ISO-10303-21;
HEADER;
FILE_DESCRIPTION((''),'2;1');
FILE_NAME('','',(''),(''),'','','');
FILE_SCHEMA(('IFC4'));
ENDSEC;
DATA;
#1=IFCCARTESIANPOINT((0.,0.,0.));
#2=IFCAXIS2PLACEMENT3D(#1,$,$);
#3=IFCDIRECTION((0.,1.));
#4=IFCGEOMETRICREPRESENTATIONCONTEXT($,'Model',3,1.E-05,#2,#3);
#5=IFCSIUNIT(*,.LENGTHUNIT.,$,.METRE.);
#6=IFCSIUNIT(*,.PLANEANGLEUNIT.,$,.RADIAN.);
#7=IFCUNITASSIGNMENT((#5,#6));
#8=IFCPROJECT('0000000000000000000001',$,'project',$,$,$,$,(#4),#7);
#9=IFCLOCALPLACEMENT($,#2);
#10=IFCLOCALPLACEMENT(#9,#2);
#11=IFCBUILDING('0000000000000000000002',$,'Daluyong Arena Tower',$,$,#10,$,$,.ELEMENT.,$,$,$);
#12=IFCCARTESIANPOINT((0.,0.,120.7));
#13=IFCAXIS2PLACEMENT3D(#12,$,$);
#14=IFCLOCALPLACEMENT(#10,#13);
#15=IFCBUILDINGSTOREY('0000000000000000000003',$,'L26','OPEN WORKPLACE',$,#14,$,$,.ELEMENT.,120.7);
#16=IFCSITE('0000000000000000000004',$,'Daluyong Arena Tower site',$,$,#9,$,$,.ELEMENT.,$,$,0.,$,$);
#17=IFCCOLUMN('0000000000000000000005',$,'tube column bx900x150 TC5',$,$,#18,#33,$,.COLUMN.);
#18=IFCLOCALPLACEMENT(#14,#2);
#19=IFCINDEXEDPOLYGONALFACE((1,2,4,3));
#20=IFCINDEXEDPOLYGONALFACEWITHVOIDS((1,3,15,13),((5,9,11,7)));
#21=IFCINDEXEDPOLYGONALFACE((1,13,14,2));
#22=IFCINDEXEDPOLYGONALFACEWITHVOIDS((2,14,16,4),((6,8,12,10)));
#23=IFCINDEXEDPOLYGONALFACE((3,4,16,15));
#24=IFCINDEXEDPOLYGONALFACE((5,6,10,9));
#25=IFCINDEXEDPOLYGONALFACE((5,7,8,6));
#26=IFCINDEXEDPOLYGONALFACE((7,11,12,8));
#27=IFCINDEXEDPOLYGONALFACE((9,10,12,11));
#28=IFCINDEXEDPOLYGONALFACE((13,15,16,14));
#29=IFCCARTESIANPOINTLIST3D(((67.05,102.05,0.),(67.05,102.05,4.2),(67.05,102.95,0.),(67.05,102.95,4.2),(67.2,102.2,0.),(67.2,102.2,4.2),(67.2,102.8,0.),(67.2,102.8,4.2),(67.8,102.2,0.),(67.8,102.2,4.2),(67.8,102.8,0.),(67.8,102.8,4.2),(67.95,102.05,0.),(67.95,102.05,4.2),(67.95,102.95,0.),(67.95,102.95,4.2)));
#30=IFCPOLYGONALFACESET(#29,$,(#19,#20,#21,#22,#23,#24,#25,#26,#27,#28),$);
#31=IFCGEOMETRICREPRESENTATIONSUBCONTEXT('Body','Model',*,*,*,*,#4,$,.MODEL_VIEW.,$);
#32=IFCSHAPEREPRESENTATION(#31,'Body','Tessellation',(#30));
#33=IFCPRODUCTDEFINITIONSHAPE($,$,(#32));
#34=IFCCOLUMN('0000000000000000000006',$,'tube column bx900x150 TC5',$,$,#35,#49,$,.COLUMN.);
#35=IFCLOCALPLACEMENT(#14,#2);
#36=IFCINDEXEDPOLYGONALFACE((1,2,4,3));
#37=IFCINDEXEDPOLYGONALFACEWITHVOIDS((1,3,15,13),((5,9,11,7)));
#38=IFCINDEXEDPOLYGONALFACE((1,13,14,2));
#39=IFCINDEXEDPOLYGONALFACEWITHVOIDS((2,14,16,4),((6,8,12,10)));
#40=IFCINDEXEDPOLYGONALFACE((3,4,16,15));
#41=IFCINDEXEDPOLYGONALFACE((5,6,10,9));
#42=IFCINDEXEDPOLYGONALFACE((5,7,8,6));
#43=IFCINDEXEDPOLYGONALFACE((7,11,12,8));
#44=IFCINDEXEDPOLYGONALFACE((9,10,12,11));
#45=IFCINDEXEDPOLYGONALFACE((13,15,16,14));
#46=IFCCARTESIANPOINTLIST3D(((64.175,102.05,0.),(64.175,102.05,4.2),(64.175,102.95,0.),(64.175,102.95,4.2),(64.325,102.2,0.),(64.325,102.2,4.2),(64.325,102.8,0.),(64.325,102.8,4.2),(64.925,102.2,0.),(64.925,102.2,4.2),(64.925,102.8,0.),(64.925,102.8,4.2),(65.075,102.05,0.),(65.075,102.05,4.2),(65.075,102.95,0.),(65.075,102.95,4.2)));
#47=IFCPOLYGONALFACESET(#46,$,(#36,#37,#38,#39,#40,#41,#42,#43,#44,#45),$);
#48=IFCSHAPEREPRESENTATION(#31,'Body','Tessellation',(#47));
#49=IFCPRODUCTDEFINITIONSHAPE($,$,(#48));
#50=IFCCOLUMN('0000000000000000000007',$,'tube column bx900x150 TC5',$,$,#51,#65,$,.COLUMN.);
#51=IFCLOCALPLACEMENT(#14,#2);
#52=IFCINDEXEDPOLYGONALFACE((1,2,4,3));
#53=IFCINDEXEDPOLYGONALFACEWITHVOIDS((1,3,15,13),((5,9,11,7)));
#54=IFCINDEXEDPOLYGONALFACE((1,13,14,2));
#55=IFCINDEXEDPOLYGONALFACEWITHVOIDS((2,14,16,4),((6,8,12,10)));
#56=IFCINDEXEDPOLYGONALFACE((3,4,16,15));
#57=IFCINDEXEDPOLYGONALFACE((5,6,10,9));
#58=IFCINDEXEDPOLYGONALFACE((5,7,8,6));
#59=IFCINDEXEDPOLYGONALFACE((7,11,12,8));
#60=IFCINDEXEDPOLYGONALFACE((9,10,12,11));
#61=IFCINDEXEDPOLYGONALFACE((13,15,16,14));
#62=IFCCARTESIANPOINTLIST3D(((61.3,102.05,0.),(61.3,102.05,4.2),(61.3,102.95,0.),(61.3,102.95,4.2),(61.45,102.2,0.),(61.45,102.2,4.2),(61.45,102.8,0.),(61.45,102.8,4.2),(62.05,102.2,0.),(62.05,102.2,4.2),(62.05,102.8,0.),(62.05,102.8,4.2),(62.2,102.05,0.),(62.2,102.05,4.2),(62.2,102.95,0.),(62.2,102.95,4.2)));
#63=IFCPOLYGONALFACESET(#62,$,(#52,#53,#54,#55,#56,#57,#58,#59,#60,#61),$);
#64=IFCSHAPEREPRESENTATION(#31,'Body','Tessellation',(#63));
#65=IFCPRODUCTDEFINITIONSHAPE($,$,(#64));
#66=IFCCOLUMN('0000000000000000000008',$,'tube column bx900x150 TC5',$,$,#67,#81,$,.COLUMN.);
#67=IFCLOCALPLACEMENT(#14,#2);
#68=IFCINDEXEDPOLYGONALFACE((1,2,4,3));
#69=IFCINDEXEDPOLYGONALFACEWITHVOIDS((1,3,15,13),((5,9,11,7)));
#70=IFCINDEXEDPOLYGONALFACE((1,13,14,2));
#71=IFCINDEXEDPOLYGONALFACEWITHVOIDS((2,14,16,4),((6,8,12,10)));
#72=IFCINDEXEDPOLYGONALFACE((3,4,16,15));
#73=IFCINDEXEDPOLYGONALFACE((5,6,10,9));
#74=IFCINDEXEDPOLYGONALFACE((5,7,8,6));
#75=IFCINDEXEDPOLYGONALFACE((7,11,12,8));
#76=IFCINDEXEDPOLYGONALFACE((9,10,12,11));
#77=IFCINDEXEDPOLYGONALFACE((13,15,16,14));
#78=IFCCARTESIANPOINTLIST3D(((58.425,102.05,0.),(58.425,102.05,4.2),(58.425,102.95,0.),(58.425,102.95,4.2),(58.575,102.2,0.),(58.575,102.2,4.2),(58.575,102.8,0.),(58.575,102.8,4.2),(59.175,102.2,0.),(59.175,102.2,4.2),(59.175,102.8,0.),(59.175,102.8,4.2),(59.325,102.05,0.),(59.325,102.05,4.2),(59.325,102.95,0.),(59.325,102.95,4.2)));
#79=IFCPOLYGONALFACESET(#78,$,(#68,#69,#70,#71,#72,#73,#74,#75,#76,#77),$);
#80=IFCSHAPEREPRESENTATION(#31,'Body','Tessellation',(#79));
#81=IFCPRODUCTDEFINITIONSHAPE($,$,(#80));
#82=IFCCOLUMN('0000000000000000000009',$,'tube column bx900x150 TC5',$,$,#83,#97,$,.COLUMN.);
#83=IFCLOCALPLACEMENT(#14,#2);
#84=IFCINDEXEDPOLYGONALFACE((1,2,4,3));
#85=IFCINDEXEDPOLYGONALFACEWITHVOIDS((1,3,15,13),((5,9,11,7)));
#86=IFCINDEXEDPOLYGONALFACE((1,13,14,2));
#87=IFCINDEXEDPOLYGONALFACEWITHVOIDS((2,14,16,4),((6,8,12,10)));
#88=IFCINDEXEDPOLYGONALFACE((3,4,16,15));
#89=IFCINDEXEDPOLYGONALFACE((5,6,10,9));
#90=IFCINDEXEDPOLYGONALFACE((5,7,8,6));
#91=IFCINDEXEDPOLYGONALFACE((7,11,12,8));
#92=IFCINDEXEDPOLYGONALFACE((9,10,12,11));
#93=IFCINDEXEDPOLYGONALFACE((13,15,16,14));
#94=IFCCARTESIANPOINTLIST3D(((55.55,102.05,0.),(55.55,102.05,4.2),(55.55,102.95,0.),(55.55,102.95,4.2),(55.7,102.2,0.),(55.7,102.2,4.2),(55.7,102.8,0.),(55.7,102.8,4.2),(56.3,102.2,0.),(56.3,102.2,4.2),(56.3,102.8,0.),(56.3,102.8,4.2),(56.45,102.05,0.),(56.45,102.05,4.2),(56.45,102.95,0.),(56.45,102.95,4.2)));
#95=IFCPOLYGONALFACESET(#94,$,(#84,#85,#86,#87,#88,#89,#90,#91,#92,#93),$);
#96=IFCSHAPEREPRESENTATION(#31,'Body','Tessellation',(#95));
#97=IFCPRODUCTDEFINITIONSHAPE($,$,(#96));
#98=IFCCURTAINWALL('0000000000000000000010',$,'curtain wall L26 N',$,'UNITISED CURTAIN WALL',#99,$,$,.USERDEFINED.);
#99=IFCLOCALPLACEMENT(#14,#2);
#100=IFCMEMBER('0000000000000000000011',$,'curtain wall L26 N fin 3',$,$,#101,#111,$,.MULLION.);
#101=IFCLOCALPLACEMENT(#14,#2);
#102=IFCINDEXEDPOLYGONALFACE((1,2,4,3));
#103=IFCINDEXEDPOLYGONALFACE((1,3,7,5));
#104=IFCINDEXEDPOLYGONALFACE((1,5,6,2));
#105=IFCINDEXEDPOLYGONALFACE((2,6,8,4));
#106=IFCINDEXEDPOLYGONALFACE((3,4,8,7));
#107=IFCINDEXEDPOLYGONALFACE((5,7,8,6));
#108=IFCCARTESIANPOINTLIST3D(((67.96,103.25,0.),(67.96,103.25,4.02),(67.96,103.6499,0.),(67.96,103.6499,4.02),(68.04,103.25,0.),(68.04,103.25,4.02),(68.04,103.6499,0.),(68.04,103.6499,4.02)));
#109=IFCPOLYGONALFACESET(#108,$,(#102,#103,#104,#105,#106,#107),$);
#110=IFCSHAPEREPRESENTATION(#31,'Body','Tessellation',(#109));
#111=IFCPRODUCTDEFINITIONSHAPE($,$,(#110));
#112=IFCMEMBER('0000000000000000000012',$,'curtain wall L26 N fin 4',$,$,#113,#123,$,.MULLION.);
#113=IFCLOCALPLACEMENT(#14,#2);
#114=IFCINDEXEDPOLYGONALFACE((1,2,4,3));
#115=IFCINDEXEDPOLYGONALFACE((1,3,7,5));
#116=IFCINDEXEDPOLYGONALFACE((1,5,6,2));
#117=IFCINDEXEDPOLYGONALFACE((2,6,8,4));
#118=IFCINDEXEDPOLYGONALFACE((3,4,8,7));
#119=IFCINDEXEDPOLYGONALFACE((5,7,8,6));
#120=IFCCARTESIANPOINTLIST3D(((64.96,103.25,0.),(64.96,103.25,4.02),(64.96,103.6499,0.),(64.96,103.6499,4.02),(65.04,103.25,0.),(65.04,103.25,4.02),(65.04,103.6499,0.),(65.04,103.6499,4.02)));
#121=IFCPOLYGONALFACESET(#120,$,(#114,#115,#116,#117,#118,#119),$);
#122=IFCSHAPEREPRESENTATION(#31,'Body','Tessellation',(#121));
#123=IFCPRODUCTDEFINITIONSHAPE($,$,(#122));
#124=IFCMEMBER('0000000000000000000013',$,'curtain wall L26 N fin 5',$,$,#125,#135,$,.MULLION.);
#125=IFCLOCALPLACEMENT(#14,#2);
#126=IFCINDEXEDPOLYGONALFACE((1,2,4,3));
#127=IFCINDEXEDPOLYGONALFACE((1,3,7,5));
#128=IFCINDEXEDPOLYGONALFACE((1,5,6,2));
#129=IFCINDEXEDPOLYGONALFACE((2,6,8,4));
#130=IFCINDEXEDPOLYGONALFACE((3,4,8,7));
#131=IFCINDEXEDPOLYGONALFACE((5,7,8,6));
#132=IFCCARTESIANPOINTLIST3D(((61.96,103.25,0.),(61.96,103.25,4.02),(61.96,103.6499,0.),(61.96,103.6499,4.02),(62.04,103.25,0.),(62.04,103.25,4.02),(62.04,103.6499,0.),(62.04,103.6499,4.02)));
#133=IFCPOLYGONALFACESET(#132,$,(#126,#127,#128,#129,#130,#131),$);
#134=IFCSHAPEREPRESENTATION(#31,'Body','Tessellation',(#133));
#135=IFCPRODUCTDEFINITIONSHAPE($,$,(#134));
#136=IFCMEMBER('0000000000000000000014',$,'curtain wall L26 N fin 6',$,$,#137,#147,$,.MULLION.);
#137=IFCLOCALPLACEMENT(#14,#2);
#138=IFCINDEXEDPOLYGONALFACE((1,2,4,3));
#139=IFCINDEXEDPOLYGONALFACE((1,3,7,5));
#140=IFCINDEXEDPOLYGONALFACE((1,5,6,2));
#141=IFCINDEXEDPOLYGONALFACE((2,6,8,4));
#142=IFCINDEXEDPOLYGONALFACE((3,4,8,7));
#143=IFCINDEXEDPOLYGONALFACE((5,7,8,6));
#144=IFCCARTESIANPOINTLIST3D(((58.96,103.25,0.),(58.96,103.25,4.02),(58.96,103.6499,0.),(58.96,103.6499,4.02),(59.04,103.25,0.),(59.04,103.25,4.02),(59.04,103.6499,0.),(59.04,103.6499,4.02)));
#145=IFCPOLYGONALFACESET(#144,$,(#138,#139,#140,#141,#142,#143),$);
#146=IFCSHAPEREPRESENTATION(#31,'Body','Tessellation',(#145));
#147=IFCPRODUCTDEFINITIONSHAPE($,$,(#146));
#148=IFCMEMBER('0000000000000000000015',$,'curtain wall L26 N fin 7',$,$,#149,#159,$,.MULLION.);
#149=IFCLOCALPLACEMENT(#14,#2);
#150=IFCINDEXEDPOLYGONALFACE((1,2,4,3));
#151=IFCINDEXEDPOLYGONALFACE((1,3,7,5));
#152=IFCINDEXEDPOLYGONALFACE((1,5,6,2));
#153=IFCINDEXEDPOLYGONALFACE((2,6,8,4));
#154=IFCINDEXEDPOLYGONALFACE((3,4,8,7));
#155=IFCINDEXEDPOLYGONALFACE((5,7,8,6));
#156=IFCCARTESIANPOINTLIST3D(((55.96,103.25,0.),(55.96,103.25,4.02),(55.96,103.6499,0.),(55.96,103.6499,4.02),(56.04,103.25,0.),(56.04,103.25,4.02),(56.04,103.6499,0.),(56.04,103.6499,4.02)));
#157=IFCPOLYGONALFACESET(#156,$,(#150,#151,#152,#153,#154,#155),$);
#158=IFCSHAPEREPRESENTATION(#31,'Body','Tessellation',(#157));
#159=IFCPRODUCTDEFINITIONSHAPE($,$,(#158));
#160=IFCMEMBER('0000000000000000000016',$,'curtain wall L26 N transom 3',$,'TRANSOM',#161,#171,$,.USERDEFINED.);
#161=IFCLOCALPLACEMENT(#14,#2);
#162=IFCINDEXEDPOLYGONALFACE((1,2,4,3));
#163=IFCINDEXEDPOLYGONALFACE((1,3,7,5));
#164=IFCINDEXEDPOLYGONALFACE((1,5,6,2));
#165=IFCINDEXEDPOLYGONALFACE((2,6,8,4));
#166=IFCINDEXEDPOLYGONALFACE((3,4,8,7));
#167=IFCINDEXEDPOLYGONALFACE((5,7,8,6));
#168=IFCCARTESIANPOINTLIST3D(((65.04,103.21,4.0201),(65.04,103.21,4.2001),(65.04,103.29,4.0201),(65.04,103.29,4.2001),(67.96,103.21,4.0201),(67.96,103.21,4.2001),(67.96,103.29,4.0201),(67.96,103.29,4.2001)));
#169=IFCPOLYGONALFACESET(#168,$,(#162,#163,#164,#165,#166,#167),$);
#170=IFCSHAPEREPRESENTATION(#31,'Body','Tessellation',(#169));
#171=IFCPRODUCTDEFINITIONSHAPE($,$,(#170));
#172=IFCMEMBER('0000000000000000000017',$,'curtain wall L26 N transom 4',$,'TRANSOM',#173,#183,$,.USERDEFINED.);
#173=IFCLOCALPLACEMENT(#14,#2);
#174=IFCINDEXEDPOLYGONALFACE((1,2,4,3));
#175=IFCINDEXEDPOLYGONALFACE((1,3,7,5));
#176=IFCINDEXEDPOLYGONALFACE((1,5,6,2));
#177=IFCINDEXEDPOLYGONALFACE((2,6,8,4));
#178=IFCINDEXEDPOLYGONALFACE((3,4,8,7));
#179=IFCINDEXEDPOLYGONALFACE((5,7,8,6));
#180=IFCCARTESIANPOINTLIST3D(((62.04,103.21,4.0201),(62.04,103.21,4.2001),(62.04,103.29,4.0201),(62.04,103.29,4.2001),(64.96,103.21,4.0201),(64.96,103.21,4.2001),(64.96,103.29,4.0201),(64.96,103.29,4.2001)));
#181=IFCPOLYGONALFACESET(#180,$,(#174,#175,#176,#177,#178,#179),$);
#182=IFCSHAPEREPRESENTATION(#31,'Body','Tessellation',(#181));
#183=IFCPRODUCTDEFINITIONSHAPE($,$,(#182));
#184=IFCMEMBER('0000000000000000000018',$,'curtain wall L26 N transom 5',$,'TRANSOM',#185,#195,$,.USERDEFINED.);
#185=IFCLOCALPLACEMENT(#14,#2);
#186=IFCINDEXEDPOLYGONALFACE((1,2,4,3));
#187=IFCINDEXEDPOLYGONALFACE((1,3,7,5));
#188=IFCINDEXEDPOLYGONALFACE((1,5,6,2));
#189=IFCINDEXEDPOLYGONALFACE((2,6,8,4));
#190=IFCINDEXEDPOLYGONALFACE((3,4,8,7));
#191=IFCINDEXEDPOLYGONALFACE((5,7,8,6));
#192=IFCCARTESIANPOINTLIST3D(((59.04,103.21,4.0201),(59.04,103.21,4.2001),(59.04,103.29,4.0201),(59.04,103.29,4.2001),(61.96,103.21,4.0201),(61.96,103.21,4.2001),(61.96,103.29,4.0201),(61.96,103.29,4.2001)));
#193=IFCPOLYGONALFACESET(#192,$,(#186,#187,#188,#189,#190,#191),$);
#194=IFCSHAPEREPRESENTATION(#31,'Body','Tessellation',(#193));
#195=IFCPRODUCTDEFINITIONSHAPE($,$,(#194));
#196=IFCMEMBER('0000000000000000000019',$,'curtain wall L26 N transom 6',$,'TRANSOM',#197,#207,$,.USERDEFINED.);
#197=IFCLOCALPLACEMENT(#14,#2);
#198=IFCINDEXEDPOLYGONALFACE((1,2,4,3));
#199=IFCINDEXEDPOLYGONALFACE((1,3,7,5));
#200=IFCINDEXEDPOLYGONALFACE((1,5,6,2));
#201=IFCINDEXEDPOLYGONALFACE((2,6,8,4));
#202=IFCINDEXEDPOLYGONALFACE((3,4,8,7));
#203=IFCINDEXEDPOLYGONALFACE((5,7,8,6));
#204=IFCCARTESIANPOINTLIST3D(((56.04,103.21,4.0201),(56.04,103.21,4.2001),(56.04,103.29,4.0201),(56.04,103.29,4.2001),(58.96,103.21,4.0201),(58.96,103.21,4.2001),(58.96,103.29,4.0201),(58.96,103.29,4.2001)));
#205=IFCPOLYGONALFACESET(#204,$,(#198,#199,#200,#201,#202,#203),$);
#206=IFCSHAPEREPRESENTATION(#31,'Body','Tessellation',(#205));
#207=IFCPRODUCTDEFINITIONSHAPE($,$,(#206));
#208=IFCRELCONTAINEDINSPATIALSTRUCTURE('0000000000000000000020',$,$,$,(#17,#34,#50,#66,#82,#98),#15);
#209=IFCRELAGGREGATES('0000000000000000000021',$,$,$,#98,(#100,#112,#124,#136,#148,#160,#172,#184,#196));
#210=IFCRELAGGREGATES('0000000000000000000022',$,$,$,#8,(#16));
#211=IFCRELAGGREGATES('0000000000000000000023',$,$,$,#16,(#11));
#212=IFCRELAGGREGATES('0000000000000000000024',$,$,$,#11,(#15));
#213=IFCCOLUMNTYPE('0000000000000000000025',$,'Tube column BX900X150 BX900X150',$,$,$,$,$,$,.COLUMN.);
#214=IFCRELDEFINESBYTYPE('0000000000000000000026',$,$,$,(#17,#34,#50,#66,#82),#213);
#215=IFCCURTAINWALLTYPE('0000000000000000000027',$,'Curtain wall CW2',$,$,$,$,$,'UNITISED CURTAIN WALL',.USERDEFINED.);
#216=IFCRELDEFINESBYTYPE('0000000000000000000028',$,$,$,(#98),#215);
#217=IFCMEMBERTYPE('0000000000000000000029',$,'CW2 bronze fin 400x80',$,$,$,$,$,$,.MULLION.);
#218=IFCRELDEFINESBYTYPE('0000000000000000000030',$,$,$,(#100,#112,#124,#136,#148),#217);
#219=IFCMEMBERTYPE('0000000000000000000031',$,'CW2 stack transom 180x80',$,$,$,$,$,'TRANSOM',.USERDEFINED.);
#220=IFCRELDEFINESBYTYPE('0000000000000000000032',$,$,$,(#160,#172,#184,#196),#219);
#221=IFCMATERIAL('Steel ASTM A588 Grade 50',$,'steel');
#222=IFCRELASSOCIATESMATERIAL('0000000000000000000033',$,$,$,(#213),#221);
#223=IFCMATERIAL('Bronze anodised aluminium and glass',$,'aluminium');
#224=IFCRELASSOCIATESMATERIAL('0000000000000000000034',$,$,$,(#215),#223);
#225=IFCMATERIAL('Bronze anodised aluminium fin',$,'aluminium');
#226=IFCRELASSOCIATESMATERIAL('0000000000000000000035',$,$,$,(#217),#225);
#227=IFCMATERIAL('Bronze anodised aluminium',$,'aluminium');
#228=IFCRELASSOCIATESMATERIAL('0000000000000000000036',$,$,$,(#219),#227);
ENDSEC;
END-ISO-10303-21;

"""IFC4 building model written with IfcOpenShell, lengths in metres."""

from ifc_helpers import new_model, si_unit, direction, frame, origin, origin_2d, place, context, subcontext, project, spatial, rectangle, hollow_rectangle, extrude, material, material_profile, profile_set, type_object, element, aggregate, save


model = new_model("IFC4")

# Units and contexts
model_context = context("Model", 3, precision=1e-05, world=origin(), true_north=direction((0.0, 1.0)))
body_context = subcontext(model_context, "Body", "Model", "MODEL_VIEW")
ifc_project = project(units=[si_unit("LENGTHUNIT", "METRE"), si_unit("PLANEANGLEUNIT", "RADIAN")], contexts=[model_context])

# Site, building, storey
site_placement = place(None, origin())
site = spatial("IfcSite", under=ifc_project, at=site_placement, Name="Daluyong Arena Tower site", CompositionType="ELEMENT", RefElevation=0.0)
building_placement = place(site_placement, origin())
building = spatial("IfcBuilding", under=site, at=building_placement, Name="Daluyong Arena Tower", CompositionType="ELEMENT")
storey_placement = place(building_placement, frame((0.0, 0.0, 120.7)))
storey = spatial("IfcBuildingStorey", under=building, at=storey_placement, Name="L26", Description="OPEN WORKPLACE", CompositionType="ELEMENT", Elevation=120.7)

# Columns
ifc_material_1 = material(Name="Steel ASTM A588 Grade 50", Category="steel")
ifc_material_profile_1 = material_profile(ifc_material_1, hollow_rectangle(XDim=0.8999, YDim=0.8999, WallThickness=0.15, at=origin_2d()))
ifc_profile_set_1 = profile_set([ifc_material_profile_1], Name="Steel ASTM A588 Grade 50")
column_type = type_object("IfcColumnType", Name="Tube column BX900X150 BX900X150", PredefinedType="COLUMN", material=ifc_profile_set_1)
for number, where, z_axis, x_axis, name in (
    (1, (67.5, 102.5, 0.0), (0.0, 0.0, 1.0), (1.0, 0.0, 0.0), "tube column bx900x150 TC5"),
    (2, (64.625, 102.5, 0.0), (0.0, 0.0, 1.0), (1.0, 0.0, 0.0), "tube column bx900x150 TC5"),
    (3, (61.75, 102.5, 0.0), (0.0, 0.0, 1.0), (1.0, 0.0, 0.0), "tube column bx900x150 TC5"),
    (4, (58.875, 102.5, 0.0), (0.0, 0.0, 1.0), (1.0, 0.0, 0.0), "tube column bx900x150 TC5"),
    (5, (56.0, 102.5, 0.0), (0.0, 0.0, 1.0), (1.0, 0.0, 0.0), "tube column bx900x150 TC5"),
):
    element("IfcColumn", number, at=place(storey_placement, frame(where, z_axis=z_axis, x_axis=x_axis)), inside=storey, type_object=column_type, Name=name, PredefinedType="COLUMN", context=body_context, shape_type="SweptSolid", body=[
        extrude(hollow_rectangle(XDim=0.8999, YDim=0.8999, WallThickness=0.15, at=origin_2d()), origin(), (0.0, 0.0, 1.0), 4.2),
    ])

# Curtain wall, members
ifc_material_2 = material(Name="Bronze anodised aluminium and glass", Category="aluminium")
curtain_wall_type = type_object("IfcCurtainWallType", Name="Curtain wall CW2", ElementType="UNITISED CURTAIN WALL", PredefinedType="USERDEFINED", material=ifc_material_2)
curtain_wall_placement = place(storey_placement, origin())
curtain_wall = element("IfcCurtainWall", 6, at=curtain_wall_placement, inside=storey, type_object=curtain_wall_type, Name="curtain wall L26 N", ObjectType="UNITISED CURTAIN WALL", PredefinedType="USERDEFINED")
ifc_material_3 = material(Name="Bronze anodised aluminium fin", Category="aluminium")
ifc_material_profile_2 = material_profile(ifc_material_3, rectangle(XDim=0.3999, YDim=0.0801, at=origin_2d()))
ifc_profile_set_2 = profile_set([ifc_material_profile_2], Name="Bronze anodised aluminium fin")
member_type_1 = type_object("IfcMemberType", Name="CW2 bronze fin 400x80", PredefinedType="MULLION", material=ifc_profile_set_2)
member_1_placement = place(storey_placement, frame((68.0, 103.45, 0.0), z_axis=(0.0, 0.0, 1.0), x_axis=(0.0, -1.0, 0.0)))
member_1 = element("IfcMember", 7, at=member_1_placement, type_object=member_type_1, Name="curtain wall L26 N fin 3", PredefinedType="MULLION", context=body_context, shape_type="SweptSolid", body=[
    extrude(rectangle(XDim=0.3999, YDim=0.0801, at=origin_2d()), origin(), (0.0, 0.0, 1.0), 4.02),
])
member_2_placement = place(storey_placement, frame((65.0, 103.45, 0.0), z_axis=(0.0, 0.0, 1.0), x_axis=(0.0, -1.0, 0.0)))
member_2 = element("IfcMember", 8, at=member_2_placement, type_object=member_type_1, Name="curtain wall L26 N fin 4", PredefinedType="MULLION", context=body_context, shape_type="SweptSolid", body=[
    extrude(rectangle(XDim=0.3999, YDim=0.0801, at=origin_2d()), origin(), (0.0, 0.0, 1.0), 4.02),
])
member_3_placement = place(storey_placement, frame((62.0, 103.45, 0.0), z_axis=(0.0, 0.0, 1.0), x_axis=(0.0, -1.0, 0.0)))
member_3 = element("IfcMember", 9, at=member_3_placement, type_object=member_type_1, Name="curtain wall L26 N fin 5", PredefinedType="MULLION", context=body_context, shape_type="SweptSolid", body=[
    extrude(rectangle(XDim=0.3999, YDim=0.0801, at=origin_2d()), origin(), (0.0, 0.0, 1.0), 4.02),
])
member_4_placement = place(storey_placement, frame((59.0, 103.45, 0.0), z_axis=(0.0, 0.0, 1.0), x_axis=(0.0, -1.0, 0.0)))
member_4 = element("IfcMember", 10, at=member_4_placement, type_object=member_type_1, Name="curtain wall L26 N fin 6", PredefinedType="MULLION", context=body_context, shape_type="SweptSolid", body=[
    extrude(rectangle(XDim=0.3999, YDim=0.0801, at=origin_2d()), origin(), (0.0, 0.0, 1.0), 4.02),
])
member_5_placement = place(storey_placement, frame((56.0, 103.45, 0.0), z_axis=(0.0, 0.0, 1.0), x_axis=(0.0, -1.0, 0.0)))
member_5 = element("IfcMember", 11, at=member_5_placement, type_object=member_type_1, Name="curtain wall L26 N fin 7", PredefinedType="MULLION", context=body_context, shape_type="SweptSolid", body=[
    extrude(rectangle(XDim=0.3999, YDim=0.0801, at=origin_2d()), origin(), (0.0, 0.0, 1.0), 4.02),
])
ifc_material_4 = material(Name="Bronze anodised aluminium", Category="aluminium")
ifc_material_profile_3 = material_profile(ifc_material_4, rectangle(XDim=0.0801, YDim=0.1799, at=origin_2d()))
ifc_profile_set_3 = profile_set([ifc_material_profile_3], Name="Bronze anodised aluminium")
member_type_2 = type_object("IfcMemberType", Name="CW2 stack transom 180x80", ElementType="TRANSOM", PredefinedType="USERDEFINED", material=ifc_profile_set_3)
member_6_placement = place(storey_placement, frame((67.96, 103.25, 4.1101), z_axis=(-1.0, 0.0, 0.0), x_axis=(0.0, -1.0, 0.0)))
member_6 = element("IfcMember", 12, at=member_6_placement, type_object=member_type_2, Name="curtain wall L26 N transom 3", ObjectType="TRANSOM", PredefinedType="USERDEFINED", context=body_context, shape_type="SweptSolid", body=[
    extrude(rectangle(XDim=0.0801, YDim=0.1799, at=origin_2d()), origin(), (0.0, 0.0, 1.0), 2.9199),
])
member_7_placement = place(storey_placement, frame((64.96, 103.25, 4.1101), z_axis=(-1.0, 0.0, 0.0), x_axis=(0.0, -1.0, 0.0)))
member_7 = element("IfcMember", 13, at=member_7_placement, type_object=member_type_2, Name="curtain wall L26 N transom 4", ObjectType="TRANSOM", PredefinedType="USERDEFINED", context=body_context, shape_type="SweptSolid", body=[
    extrude(rectangle(XDim=0.0801, YDim=0.1799, at=origin_2d()), origin(), (0.0, 0.0, 1.0), 2.9199),
])
member_8_placement = place(storey_placement, frame((61.96, 103.25, 4.1101), z_axis=(-1.0, 0.0, 0.0), x_axis=(0.0, -1.0, 0.0)))
member_8 = element("IfcMember", 14, at=member_8_placement, type_object=member_type_2, Name="curtain wall L26 N transom 5", ObjectType="TRANSOM", PredefinedType="USERDEFINED", context=body_context, shape_type="SweptSolid", body=[
    extrude(rectangle(XDim=0.0801, YDim=0.1799, at=origin_2d()), origin(), (0.0, 0.0, 1.0), 2.9199),
])
member_9_placement = place(storey_placement, frame((58.96, 103.25, 4.1101), z_axis=(-1.0, 0.0, 0.0), x_axis=(0.0, -1.0, 0.0)))
member_9 = element("IfcMember", 15, at=member_9_placement, type_object=member_type_2, Name="curtain wall L26 N transom 6", ObjectType="TRANSOM", PredefinedType="USERDEFINED", context=body_context, shape_type="SweptSolid", body=[
    extrude(rectangle(XDim=0.0801, YDim=0.1799, at=origin_2d()), origin(), (0.0, 0.0, 1.0), 2.9199),
])

aggregate(curtain_wall, [member_1, member_2, member_3, member_4, member_5, member_6, member_7, member_8, member_9])

save(model, "model.ifc")
